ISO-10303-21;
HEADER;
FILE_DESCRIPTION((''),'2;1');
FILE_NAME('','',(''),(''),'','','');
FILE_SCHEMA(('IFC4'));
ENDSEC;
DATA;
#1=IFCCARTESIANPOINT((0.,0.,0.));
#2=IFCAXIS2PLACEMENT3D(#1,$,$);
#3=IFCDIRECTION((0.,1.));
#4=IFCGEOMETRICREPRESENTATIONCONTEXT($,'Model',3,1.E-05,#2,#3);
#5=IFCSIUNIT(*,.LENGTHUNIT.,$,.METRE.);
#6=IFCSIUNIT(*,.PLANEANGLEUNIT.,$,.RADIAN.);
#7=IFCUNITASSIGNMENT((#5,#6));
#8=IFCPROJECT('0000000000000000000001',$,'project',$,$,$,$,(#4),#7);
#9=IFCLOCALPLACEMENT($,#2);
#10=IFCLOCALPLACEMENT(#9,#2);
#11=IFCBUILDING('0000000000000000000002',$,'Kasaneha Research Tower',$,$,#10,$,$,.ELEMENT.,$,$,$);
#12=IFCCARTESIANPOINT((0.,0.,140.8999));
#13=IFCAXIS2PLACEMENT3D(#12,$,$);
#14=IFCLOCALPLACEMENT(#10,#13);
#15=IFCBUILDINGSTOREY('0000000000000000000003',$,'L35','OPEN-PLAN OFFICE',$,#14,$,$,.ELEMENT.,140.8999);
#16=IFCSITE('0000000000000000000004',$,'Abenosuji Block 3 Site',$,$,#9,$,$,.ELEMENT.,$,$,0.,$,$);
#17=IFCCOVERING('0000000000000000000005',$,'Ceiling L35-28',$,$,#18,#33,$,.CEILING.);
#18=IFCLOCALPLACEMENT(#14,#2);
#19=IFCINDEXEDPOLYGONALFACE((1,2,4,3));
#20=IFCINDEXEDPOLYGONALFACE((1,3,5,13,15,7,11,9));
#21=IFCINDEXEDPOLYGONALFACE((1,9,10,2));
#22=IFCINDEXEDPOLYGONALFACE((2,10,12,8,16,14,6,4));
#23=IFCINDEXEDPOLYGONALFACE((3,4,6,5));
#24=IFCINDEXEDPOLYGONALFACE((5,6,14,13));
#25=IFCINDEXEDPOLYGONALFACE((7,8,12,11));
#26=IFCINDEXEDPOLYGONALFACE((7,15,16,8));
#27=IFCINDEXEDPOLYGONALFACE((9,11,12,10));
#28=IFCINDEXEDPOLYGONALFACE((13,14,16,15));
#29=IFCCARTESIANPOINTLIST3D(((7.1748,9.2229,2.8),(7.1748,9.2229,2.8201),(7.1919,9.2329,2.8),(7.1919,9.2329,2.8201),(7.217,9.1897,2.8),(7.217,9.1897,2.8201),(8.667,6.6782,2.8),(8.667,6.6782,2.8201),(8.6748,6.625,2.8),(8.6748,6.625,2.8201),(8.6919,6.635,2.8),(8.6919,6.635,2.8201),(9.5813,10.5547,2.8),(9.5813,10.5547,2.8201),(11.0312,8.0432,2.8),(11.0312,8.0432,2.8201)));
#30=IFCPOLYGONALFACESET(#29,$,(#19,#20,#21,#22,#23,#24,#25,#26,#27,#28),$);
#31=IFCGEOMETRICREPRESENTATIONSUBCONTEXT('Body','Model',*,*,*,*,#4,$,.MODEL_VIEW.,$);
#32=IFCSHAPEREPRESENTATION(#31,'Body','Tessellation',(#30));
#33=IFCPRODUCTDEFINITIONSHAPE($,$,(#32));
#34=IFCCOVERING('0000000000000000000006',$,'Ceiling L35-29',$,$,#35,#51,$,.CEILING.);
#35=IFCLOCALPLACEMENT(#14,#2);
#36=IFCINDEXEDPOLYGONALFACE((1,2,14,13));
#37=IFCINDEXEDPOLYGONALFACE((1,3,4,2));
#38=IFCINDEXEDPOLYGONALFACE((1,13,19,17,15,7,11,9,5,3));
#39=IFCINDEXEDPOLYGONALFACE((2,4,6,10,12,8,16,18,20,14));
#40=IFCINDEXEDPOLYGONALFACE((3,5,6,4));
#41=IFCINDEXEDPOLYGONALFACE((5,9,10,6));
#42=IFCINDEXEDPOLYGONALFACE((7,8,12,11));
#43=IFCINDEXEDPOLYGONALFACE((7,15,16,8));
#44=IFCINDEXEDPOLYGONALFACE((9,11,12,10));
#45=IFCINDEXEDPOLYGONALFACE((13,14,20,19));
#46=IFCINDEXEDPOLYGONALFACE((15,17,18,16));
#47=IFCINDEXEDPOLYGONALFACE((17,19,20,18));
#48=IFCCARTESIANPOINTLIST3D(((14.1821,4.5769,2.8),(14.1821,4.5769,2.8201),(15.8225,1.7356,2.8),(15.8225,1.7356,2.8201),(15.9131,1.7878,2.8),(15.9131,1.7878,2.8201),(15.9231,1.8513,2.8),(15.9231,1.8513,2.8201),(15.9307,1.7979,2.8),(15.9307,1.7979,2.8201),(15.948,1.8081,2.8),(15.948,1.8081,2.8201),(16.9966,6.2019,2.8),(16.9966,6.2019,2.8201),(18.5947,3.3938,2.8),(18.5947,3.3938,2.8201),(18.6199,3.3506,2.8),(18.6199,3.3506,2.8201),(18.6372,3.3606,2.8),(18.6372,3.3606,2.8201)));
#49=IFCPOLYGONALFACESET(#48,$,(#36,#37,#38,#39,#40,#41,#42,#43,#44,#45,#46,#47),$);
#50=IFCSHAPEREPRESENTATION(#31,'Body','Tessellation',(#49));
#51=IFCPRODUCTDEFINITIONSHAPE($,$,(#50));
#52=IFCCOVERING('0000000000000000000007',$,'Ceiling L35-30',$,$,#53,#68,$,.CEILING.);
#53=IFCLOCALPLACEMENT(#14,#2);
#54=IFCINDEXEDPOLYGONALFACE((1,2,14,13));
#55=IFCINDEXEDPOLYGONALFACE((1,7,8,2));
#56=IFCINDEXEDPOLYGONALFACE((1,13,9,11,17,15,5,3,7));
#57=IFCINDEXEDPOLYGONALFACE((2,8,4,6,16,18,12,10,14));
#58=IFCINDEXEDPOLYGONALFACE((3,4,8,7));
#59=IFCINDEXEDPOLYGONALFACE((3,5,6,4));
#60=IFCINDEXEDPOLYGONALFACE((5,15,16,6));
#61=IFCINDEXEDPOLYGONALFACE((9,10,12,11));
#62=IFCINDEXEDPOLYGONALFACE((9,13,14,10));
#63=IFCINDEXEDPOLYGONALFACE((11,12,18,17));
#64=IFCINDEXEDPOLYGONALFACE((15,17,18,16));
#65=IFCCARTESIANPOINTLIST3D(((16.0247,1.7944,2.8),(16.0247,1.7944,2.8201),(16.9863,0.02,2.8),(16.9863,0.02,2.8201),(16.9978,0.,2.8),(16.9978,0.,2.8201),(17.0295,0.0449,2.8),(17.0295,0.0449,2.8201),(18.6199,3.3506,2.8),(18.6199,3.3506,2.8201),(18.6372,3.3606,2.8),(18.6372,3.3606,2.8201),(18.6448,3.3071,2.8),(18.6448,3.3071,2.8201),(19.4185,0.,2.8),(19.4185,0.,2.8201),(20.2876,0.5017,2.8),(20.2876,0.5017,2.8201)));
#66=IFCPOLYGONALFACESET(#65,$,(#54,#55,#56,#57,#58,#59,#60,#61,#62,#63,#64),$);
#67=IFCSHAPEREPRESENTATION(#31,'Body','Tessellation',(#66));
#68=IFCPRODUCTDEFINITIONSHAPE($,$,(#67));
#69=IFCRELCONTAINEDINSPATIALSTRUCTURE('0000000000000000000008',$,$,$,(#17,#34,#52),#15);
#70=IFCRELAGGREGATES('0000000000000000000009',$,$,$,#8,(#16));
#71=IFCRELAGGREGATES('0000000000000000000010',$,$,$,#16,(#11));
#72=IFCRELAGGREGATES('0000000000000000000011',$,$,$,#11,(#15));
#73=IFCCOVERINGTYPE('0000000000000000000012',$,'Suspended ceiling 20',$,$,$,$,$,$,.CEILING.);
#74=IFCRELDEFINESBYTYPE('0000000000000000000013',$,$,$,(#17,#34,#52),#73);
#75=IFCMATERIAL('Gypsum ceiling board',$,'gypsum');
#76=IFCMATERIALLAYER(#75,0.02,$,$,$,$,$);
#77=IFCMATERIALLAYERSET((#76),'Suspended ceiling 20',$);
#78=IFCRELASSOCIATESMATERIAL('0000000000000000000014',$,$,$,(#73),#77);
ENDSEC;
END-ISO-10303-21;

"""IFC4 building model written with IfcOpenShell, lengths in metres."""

from ifc_helpers import new_model, si_unit, direction, frame, origin, place, context, subcontext, project, spatial, polyline, outline, extrude, material, layer, layer_set, type_object, element, save


model = new_model("IFC4")

# Units and contexts
model_context = context("Model", 3, precision=1e-05, world=origin(), true_north=direction((0.0, 1.0)))
body_context = subcontext(model_context, "Body", "Model", "MODEL_VIEW")
ifc_project = project(units=[si_unit("LENGTHUNIT", "METRE"), si_unit("PLANEANGLEUNIT", "RADIAN")], contexts=[model_context])

# Site, building, storey
site_placement = place(None, origin())
site = spatial("IfcSite", under=ifc_project, at=site_placement, Name="Abenosuji Block 3 Site", CompositionType="ELEMENT", RefElevation=0.0)
building_placement = place(site_placement, origin())
building = spatial("IfcBuilding", under=site, at=building_placement, Name="Kasaneha Research Tower", CompositionType="ELEMENT")
storey_placement = place(building_placement, frame((0.0, 0.0, 140.8999)))
storey = spatial("IfcBuildingStorey", under=building, at=storey_placement, Name="L35", Description="OPEN-PLAN OFFICE", CompositionType="ELEMENT", Elevation=140.8999)

# Coverings
ifc_material_1 = material(Name="Gypsum ceiling board", Category="gypsum")
ifc_layer_1 = layer(ifc_material_1, 0.02)
ifc_layer_set_1 = layer_set([ifc_layer_1], Name="Suspended ceiling 20")
covering_type_1 = type_object("IfcCoveringType", Name="Suspended ceiling 20", PredefinedType="CEILING", material=ifc_layer_set_1)
covering_1_placement = place(storey_placement, frame((0.0, 0.0, 2.8)))
element("IfcCovering", 1, at=covering_1_placement, inside=storey, type_object=covering_type_1, Name="Ceiling L35-28", PredefinedType="CEILING", context=body_context, shape_type="SweptSolid", body=[
    extrude(outline(polyline([(7.1748, 9.2229), (7.1919, 9.2329), (7.217, 9.1897), (9.5813, 10.5547), (11.0312, 8.0432), (8.667, 6.6782), (8.6919, 6.635), (8.6748, 6.625), (7.1748, 9.2229)])), origin(), (0.0, 0.0, 1.0), 0.02),
])
covering_2_placement = place(storey_placement, frame((0.0, 0.0, 2.8)))
element("IfcCovering", 2, at=covering_2_placement, inside=storey, type_object=covering_type_1, Name="Ceiling L35-29", PredefinedType="CEILING", context=body_context, shape_type="SweptSolid", body=[
    extrude(outline(polyline([(18.6372, 3.3606), (18.6199, 3.3506), (18.5947, 3.3938), (15.9231, 1.8513), (15.948, 1.8081), (15.9307, 1.7979), (15.9131, 1.7878), (15.9131, 1.7878), (15.8225, 1.7356), (14.1821, 4.5769), (16.9966, 6.2019), (18.6372, 3.3606)])), origin(), (0.0, 0.0, 1.0), 0.02),
])
covering_3_placement = place(storey_placement, frame((0.0, 0.0, 2.8)))
element("IfcCovering", 3, at=covering_3_placement, inside=storey, type_object=covering_type_1, Name="Ceiling L35-30", PredefinedType="CEILING", context=body_context, shape_type="SweptSolid", body=[
    extrude(outline(polyline([(16.9978, 0.0), (16.9863, 0.02), (17.0295, 0.0449), (16.0247, 1.7944), (18.6448, 3.3071), (18.6199, 3.3506), (18.6372, 3.3606), (20.2876, 0.5017), (19.4185, 0.0), (16.9978, 0.0)])), origin(), (0.0, 0.0, 1.0), 0.02),
])

save(model, "model.ifc")
